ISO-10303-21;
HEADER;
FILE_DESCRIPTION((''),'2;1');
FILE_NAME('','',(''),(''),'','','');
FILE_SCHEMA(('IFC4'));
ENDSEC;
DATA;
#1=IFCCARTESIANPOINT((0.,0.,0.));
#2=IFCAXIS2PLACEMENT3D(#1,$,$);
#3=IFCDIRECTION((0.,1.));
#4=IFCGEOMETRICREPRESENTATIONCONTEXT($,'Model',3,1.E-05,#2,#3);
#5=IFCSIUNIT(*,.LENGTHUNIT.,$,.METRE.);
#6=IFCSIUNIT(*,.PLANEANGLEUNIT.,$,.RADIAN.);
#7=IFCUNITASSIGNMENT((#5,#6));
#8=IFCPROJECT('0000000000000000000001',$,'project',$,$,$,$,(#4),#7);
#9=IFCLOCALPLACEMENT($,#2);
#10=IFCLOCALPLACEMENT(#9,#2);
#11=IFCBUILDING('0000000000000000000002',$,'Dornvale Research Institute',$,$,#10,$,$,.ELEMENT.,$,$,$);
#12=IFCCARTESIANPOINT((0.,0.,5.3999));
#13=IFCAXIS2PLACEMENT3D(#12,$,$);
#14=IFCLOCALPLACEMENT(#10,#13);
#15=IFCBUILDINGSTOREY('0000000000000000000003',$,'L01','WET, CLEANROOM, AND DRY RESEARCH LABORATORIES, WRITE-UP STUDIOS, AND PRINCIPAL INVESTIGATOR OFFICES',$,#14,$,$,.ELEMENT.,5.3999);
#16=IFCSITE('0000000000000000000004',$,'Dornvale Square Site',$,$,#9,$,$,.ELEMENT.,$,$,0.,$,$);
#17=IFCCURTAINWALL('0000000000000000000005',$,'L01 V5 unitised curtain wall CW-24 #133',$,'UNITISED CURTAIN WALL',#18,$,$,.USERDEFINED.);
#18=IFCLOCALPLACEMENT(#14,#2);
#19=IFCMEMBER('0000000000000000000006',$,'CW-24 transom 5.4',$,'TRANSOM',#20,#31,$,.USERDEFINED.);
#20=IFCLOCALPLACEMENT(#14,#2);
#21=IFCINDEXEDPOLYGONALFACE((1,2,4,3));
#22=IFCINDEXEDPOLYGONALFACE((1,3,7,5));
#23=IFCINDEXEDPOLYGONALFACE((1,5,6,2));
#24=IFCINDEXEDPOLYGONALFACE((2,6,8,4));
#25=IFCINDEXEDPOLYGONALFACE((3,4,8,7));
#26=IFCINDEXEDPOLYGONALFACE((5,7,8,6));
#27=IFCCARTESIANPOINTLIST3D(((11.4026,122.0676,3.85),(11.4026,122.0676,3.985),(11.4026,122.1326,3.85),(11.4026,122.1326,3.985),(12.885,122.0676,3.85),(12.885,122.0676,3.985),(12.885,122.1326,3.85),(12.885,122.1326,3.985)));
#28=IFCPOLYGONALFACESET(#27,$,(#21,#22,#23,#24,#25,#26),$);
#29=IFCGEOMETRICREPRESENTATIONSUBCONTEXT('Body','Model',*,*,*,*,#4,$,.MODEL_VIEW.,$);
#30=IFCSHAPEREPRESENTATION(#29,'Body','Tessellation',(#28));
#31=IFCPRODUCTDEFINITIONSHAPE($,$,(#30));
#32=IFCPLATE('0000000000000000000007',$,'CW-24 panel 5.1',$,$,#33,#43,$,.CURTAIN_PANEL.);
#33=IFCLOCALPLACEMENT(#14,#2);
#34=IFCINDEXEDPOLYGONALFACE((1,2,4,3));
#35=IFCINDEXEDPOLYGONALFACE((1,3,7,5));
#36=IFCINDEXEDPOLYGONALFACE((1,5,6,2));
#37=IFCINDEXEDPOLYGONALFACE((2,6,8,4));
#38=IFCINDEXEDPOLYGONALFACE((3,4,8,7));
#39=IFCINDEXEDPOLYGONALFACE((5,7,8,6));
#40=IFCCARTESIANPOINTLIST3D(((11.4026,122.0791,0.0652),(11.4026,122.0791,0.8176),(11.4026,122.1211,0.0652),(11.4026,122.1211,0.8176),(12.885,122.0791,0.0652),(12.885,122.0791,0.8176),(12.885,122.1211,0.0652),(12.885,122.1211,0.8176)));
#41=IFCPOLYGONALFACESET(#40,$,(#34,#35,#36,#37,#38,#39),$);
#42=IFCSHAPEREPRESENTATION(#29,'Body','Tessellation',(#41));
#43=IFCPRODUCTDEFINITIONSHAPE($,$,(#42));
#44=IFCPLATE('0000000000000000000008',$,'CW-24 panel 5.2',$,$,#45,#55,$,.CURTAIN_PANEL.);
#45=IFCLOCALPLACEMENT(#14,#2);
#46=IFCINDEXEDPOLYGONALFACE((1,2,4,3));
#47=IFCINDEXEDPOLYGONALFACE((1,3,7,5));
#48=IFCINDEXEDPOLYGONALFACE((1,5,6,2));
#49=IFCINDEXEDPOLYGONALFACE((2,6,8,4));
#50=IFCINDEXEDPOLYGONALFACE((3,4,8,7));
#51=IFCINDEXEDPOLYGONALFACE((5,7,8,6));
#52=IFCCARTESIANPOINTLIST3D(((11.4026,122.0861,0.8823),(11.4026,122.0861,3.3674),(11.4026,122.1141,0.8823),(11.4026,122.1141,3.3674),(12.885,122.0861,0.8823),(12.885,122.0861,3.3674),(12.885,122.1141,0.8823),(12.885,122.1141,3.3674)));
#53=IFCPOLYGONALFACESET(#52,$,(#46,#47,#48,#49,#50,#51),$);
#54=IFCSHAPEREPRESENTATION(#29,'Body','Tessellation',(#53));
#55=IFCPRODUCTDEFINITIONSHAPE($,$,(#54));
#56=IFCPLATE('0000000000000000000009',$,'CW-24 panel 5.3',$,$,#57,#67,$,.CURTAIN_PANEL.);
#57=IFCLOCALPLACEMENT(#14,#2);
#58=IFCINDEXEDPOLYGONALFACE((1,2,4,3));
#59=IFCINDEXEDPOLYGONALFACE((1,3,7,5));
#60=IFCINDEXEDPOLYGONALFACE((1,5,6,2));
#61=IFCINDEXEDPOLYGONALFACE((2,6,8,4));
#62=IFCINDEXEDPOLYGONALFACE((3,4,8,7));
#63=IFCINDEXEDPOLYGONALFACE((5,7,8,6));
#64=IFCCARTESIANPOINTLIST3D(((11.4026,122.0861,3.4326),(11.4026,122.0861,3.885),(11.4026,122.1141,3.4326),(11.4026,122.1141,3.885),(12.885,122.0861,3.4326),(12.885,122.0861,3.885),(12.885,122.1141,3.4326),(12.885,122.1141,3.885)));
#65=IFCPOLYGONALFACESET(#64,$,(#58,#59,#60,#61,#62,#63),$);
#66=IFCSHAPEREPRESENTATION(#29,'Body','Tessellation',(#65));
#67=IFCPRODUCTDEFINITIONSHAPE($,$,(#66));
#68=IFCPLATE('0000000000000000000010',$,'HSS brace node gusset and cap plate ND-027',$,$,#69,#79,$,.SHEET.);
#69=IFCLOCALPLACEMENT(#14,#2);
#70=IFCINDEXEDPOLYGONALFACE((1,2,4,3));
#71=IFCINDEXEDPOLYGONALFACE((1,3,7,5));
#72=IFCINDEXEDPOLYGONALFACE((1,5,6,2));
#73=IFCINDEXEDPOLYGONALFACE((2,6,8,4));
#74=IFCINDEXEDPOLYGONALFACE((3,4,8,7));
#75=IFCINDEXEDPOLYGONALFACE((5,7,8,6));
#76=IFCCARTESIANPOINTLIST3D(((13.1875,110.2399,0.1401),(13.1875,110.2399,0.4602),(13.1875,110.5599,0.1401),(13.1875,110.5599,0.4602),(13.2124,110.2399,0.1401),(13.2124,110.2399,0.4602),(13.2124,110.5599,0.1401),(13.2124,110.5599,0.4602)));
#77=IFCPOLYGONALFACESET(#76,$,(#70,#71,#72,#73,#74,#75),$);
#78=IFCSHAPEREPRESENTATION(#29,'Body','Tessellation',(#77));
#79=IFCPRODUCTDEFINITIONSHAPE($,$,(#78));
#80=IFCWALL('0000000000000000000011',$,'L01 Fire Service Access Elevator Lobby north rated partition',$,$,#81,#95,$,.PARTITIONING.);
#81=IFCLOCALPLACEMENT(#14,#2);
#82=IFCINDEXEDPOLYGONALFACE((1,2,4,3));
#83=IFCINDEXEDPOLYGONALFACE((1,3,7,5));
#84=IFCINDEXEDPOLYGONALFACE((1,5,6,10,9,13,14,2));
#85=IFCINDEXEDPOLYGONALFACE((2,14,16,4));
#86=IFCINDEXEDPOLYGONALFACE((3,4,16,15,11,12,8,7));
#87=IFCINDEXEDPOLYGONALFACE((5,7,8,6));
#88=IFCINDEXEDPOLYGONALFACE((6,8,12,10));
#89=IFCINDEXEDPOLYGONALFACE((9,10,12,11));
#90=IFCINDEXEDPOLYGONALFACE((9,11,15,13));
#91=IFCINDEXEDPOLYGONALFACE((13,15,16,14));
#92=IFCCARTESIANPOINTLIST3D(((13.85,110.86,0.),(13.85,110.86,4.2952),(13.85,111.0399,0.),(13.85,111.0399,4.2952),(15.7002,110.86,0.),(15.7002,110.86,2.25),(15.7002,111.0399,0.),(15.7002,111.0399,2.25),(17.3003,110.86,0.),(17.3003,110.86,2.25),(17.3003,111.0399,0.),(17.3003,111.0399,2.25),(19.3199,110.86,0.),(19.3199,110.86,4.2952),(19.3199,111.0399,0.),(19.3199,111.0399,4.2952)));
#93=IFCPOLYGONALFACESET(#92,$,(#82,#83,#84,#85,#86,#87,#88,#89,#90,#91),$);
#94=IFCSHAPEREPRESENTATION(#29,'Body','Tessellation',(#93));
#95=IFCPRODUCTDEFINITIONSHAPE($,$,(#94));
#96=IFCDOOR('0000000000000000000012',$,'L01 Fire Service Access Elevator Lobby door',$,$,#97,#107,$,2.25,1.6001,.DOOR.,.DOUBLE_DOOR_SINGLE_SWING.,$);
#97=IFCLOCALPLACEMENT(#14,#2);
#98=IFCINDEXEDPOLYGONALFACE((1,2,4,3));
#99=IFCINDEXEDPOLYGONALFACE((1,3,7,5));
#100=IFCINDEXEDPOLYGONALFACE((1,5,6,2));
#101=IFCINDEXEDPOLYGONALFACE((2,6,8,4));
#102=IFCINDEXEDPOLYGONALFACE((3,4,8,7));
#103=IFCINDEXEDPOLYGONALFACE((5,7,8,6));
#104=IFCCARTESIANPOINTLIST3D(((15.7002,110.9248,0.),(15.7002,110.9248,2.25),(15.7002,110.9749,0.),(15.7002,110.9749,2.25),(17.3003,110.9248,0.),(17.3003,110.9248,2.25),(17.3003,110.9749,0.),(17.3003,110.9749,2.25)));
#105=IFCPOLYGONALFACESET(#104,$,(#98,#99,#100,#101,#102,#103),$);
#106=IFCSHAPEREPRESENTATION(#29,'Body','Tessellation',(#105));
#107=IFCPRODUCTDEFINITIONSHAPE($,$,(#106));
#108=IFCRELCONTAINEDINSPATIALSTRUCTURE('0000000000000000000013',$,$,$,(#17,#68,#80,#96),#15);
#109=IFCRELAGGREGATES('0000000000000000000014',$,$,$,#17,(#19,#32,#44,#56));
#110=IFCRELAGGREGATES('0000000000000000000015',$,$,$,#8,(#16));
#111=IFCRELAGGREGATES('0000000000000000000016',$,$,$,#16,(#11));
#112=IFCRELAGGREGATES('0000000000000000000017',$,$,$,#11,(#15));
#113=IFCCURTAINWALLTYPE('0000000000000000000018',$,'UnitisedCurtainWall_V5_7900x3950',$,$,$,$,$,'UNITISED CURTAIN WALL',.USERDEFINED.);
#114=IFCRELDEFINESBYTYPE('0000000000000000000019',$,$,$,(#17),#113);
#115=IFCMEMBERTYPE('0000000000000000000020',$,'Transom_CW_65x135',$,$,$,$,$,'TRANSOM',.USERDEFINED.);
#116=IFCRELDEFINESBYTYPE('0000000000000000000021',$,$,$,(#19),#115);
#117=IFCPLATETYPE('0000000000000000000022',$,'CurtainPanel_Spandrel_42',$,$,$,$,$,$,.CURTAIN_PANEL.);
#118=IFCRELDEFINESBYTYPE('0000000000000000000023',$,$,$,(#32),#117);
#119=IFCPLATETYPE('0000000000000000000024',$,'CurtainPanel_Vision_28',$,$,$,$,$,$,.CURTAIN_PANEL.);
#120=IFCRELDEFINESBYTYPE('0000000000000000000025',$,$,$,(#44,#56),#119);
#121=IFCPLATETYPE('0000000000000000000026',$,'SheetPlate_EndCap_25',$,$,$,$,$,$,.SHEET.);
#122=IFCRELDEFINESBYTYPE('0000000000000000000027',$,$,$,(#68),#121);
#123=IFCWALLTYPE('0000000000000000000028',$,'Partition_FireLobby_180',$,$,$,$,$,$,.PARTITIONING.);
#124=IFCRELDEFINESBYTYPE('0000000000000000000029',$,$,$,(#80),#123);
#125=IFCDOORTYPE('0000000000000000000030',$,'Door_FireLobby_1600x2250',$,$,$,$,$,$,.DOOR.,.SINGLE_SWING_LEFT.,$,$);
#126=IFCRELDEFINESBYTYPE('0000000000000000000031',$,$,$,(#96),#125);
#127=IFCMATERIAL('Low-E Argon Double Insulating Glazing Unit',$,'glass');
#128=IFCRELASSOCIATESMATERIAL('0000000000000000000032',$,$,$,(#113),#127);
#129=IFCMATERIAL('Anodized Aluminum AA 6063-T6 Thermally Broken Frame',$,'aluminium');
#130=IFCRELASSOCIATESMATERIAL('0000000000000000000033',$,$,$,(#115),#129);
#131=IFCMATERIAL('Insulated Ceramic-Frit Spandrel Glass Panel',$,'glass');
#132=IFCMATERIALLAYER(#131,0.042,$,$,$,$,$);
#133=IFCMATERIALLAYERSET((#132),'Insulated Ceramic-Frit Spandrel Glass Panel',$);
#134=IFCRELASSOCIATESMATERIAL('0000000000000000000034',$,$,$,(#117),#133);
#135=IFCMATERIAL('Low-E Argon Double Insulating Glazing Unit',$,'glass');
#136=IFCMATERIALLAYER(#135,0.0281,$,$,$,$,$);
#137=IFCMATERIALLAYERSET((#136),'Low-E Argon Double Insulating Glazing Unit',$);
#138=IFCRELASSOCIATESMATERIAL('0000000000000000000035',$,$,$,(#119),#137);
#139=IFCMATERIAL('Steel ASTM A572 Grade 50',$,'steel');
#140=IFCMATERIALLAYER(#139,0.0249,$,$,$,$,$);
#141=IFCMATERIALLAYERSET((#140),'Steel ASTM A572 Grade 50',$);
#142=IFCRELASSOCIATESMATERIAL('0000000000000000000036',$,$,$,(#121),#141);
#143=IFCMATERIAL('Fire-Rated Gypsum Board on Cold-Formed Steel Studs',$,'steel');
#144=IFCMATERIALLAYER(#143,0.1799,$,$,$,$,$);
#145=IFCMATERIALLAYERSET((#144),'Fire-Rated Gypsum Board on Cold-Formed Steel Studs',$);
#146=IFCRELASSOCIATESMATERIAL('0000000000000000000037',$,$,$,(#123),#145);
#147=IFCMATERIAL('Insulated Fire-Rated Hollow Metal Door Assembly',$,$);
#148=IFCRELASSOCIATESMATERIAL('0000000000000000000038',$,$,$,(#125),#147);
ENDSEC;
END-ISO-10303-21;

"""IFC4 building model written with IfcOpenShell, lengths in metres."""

from ifc_helpers import new_model, si_unit, direction, frame, frame_2d, origin, origin_2d, place, context, subcontext, project, spatial, rectangle, extrude, material, layer, layer_set, material_profile, profile_set, type_object, element, fill, aggregate, save


model = new_model("IFC4")

# Units and contexts
model_context = context("Model", 3, precision=1e-05, world=origin(), true_north=direction((0.0, 1.0)))
body_context = subcontext(model_context, "Body", "Model", "MODEL_VIEW")
ifc_project = project(units=[si_unit("LENGTHUNIT", "METRE"), si_unit("PLANEANGLEUNIT", "RADIAN")], contexts=[model_context])

# Site, building, storey
site_placement = place(None, origin())
site = spatial("IfcSite", under=ifc_project, at=site_placement, Name="Dornvale Square Site", CompositionType="ELEMENT", RefElevation=0.0)
building_placement = place(site_placement, origin())
building = spatial("IfcBuilding", under=site, at=building_placement, Name="Dornvale Research Institute", CompositionType="ELEMENT")
storey_placement = place(building_placement, frame((0.0, 0.0, 5.3999)))
storey = spatial("IfcBuildingStorey", under=building, at=storey_placement, Name="L01", Description="WET, CLEANROOM, AND DRY RESEARCH LABORATORIES, WRITE-UP STUDIOS, AND PRINCIPAL INVESTIGATOR OFFICES", CompositionType="ELEMENT", Elevation=5.3999)

# Curtain wall, member, plates
ifc_material_1 = material(Name="Low-E Argon Double Insulating Glazing Unit", Category="glass")
curtain_wall_type = type_object("IfcCurtainWallType", Name="UnitisedCurtainWall_V5_7900x3950", ElementType="UNITISED CURTAIN WALL", PredefinedType="USERDEFINED", material=ifc_material_1)
curtain_wall_placement = place(storey_placement, origin())
curtain_wall = element("IfcCurtainWall", 1, at=curtain_wall_placement, inside=storey, type_object=curtain_wall_type, Name="L01 V5 unitised curtain wall CW-24 #133", ObjectType="UNITISED CURTAIN WALL", PredefinedType="USERDEFINED")
ifc_material_2 = material(Name="Anodized Aluminum AA 6063-T6 Thermally Broken Frame", Category="aluminium")
ifc_material_profile_1 = material_profile(ifc_material_2, rectangle(XDim=0.0649, YDim=0.135, at=origin_2d()), Name="ALU TRANSOM 65x135")
ifc_profile_set_1 = profile_set([ifc_material_profile_1], Name="Anodized Aluminum AA 6063-T6 Thermally Broken Frame")
member_type_1 = type_object("IfcMemberType", Name="Transom_CW_65x135", ElementType="TRANSOM", PredefinedType="USERDEFINED", material=ifc_profile_set_1)
member_1_placement = place(storey_placement, frame((11.4026, 122.1001, 3.9175), z_axis=(1.0, 0.0, 0.0), x_axis=(0.0, 1.0, 0.0)))
member_1 = element("IfcMember", 2, at=member_1_placement, type_object=member_type_1, Name="CW-24 transom 5.4", ObjectType="TRANSOM", PredefinedType="USERDEFINED", context=body_context, shape_type="SweptSolid", body=[
    extrude(rectangle(XDim=0.0649, YDim=0.135, at=origin_2d()), origin(), (0.0, 0.0, 1.0), 1.4824),
])
ifc_material_3 = material(Name="Insulated Ceramic-Frit Spandrel Glass Panel", Category="glass")
ifc_layer_1 = layer(ifc_material_3, 0.042)
ifc_layer_set_1 = layer_set([ifc_layer_1], Name="Insulated Ceramic-Frit Spandrel Glass Panel")
plate_type_1 = type_object("IfcPlateType", Name="CurtainPanel_Spandrel_42", PredefinedType="CURTAIN_PANEL", material=ifc_layer_set_1)
plate_1_placement = place(storey_placement, frame((12.1438, 122.1001, 0.0652), z_axis=(0.0, 0.0, 1.0), x_axis=(1.0, 0.0, 0.0)))
plate_1 = element("IfcPlate", 3, at=plate_1_placement, type_object=plate_type_1, Name="CW-24 panel 5.1", PredefinedType="CURTAIN_PANEL", context=body_context, shape_type="SweptSolid", body=[
    extrude(rectangle(XDim=1.4824, YDim=0.042, at=origin_2d()), origin(), (0.0, 0.0, 1.0), 0.7524),
])
ifc_material_4 = material(Name="Low-E Argon Double Insulating Glazing Unit", Category="glass")
ifc_layer_2 = layer(ifc_material_4, 0.0281)
ifc_layer_set_2 = layer_set([ifc_layer_2], Name="Low-E Argon Double Insulating Glazing Unit")
plate_type_2 = type_object("IfcPlateType", Name="CurtainPanel_Vision_28", PredefinedType="CURTAIN_PANEL", material=ifc_layer_set_2)
plate_2_placement = place(storey_placement, frame((12.1438, 122.1001, 0.8823), z_axis=(0.0, 0.0, 1.0), x_axis=(1.0, 0.0, 0.0)))
plate_2 = element("IfcPlate", 4, at=plate_2_placement, type_object=plate_type_2, Name="CW-24 panel 5.2", PredefinedType="CURTAIN_PANEL", context=body_context, shape_type="SweptSolid", body=[
    extrude(rectangle(XDim=1.4824, YDim=0.0281, at=origin_2d()), origin(), (0.0, 0.0, 1.0), 2.4851),
])
plate_3_placement = place(storey_placement, frame((12.1438, 122.1001, 3.4326), z_axis=(0.0, 0.0, 1.0), x_axis=(1.0, 0.0, 0.0)))
plate_3 = element("IfcPlate", 5, at=plate_3_placement, type_object=plate_type_2, Name="CW-24 panel 5.3", PredefinedType="CURTAIN_PANEL", context=body_context, shape_type="SweptSolid", body=[
    extrude(rectangle(XDim=1.4824, YDim=0.0281, at=origin_2d()), origin(), (0.0, 0.0, 1.0), 0.4524),
])
aggregate(curtain_wall, [member_1, plate_1, plate_2, plate_3])

# Plate
ifc_material_5 = material(Name="Steel ASTM A572 Grade 50", Category="steel")
ifc_layer_3 = layer(ifc_material_5, 0.0249)
ifc_layer_set_3 = layer_set([ifc_layer_3], Name="Steel ASTM A572 Grade 50")
plate_type_3 = type_object("IfcPlateType", Name="SheetPlate_EndCap_25", PredefinedType="SHEET", material=ifc_layer_set_3)
plate_4_placement = place(storey_placement, frame((13.2, 110.3999, 0.1401), z_axis=(0.0, 0.0, 1.0), x_axis=(0.0, 1.0, 0.0)))
element("IfcPlate", 6, at=plate_4_placement, inside=storey, type_object=plate_type_3, Name="HSS brace node gusset and cap plate ND-027", PredefinedType="SHEET", context=body_context, shape_type="SweptSolid", body=[
    extrude(rectangle(XDim=0.3201, YDim=0.0249, at=origin_2d()), origin(), (0.0, 0.0, 1.0), 0.3201),
])

# Wall, opening, door
ifc_material_6 = material(Name="Fire-Rated Gypsum Board on Cold-Formed Steel Studs", Category="steel")
ifc_layer_4 = layer(ifc_material_6, 0.1799)
ifc_layer_set_4 = layer_set([ifc_layer_4], Name="Fire-Rated Gypsum Board on Cold-Formed Steel Studs")
wall_type = type_object("IfcWallType", Name="Partition_FireLobby_180", PredefinedType="PARTITIONING", material=ifc_layer_set_4)
wall_placement = place(storey_placement, frame((13.8501, 110.95, 0.0), z_axis=(0.0, 0.0, 1.0), x_axis=(1.0, 0.0, 0.0)))
wall = element("IfcWall", 7, at=wall_placement, inside=storey, type_object=wall_type, Name="L01 Fire Service Access Elevator Lobby north rated partition", PredefinedType="PARTITIONING", context=body_context, shape_type="SweptSolid", body=[
    extrude(rectangle(XDim=5.47, YDim=0.1799, at=frame_2d((2.7349, 0.0))), origin(), (0.0, 0.0, 1.0), 4.2952),
])
opening_placement = place(wall_placement, frame((1.8501, 0.0, 0.0)))
opening = element("IfcOpeningElement", 8, at=opening_placement, cuts=wall, PredefinedType="OPENING", context=body_context, shape_type="SweptSolid", body=[
    extrude(rectangle(XDim=1.6001, YDim=2.25, at=frame_2d((0.8, 1.125))), frame((0.0, 0.105, 0.0), z_axis=(0.0, -1.0, 0.0), x_axis=(1.0, 0.0, 0.0)), (0.0, 0.0, 1.0), 0.21),
])
ifc_material_7 = material(Name="Insulated Fire-Rated Hollow Metal Door Assembly")
door_type = type_object("IfcDoorType", Name="Door_FireLobby_1600x2250", OperationType="SINGLE_SWING_LEFT", PredefinedType="DOOR", material=ifc_material_7)
door_placement = place(opening_placement, origin())
door = element("IfcDoor", 9, at=door_placement, inside=storey, type_object=door_type, Name="L01 Fire Service Access Elevator Lobby door", OperationType="DOUBLE_DOOR_SINGLE_SWING", OverallHeight=2.25, OverallWidth=1.6001, PredefinedType="DOOR", context=body_context, shape_type="SweptSolid", body=[
    extrude(rectangle(XDim=1.6001, YDim=2.25, at=frame_2d((0.8, 1.125))), frame((0.0, 0.0249, 0.0), z_axis=(0.0, -1.0, 0.0), x_axis=(1.0, 0.0, 0.0)), (0.0, 0.0, 1.0), 0.05),
])
fill(opening, door)

save(model, "model.ifc")
